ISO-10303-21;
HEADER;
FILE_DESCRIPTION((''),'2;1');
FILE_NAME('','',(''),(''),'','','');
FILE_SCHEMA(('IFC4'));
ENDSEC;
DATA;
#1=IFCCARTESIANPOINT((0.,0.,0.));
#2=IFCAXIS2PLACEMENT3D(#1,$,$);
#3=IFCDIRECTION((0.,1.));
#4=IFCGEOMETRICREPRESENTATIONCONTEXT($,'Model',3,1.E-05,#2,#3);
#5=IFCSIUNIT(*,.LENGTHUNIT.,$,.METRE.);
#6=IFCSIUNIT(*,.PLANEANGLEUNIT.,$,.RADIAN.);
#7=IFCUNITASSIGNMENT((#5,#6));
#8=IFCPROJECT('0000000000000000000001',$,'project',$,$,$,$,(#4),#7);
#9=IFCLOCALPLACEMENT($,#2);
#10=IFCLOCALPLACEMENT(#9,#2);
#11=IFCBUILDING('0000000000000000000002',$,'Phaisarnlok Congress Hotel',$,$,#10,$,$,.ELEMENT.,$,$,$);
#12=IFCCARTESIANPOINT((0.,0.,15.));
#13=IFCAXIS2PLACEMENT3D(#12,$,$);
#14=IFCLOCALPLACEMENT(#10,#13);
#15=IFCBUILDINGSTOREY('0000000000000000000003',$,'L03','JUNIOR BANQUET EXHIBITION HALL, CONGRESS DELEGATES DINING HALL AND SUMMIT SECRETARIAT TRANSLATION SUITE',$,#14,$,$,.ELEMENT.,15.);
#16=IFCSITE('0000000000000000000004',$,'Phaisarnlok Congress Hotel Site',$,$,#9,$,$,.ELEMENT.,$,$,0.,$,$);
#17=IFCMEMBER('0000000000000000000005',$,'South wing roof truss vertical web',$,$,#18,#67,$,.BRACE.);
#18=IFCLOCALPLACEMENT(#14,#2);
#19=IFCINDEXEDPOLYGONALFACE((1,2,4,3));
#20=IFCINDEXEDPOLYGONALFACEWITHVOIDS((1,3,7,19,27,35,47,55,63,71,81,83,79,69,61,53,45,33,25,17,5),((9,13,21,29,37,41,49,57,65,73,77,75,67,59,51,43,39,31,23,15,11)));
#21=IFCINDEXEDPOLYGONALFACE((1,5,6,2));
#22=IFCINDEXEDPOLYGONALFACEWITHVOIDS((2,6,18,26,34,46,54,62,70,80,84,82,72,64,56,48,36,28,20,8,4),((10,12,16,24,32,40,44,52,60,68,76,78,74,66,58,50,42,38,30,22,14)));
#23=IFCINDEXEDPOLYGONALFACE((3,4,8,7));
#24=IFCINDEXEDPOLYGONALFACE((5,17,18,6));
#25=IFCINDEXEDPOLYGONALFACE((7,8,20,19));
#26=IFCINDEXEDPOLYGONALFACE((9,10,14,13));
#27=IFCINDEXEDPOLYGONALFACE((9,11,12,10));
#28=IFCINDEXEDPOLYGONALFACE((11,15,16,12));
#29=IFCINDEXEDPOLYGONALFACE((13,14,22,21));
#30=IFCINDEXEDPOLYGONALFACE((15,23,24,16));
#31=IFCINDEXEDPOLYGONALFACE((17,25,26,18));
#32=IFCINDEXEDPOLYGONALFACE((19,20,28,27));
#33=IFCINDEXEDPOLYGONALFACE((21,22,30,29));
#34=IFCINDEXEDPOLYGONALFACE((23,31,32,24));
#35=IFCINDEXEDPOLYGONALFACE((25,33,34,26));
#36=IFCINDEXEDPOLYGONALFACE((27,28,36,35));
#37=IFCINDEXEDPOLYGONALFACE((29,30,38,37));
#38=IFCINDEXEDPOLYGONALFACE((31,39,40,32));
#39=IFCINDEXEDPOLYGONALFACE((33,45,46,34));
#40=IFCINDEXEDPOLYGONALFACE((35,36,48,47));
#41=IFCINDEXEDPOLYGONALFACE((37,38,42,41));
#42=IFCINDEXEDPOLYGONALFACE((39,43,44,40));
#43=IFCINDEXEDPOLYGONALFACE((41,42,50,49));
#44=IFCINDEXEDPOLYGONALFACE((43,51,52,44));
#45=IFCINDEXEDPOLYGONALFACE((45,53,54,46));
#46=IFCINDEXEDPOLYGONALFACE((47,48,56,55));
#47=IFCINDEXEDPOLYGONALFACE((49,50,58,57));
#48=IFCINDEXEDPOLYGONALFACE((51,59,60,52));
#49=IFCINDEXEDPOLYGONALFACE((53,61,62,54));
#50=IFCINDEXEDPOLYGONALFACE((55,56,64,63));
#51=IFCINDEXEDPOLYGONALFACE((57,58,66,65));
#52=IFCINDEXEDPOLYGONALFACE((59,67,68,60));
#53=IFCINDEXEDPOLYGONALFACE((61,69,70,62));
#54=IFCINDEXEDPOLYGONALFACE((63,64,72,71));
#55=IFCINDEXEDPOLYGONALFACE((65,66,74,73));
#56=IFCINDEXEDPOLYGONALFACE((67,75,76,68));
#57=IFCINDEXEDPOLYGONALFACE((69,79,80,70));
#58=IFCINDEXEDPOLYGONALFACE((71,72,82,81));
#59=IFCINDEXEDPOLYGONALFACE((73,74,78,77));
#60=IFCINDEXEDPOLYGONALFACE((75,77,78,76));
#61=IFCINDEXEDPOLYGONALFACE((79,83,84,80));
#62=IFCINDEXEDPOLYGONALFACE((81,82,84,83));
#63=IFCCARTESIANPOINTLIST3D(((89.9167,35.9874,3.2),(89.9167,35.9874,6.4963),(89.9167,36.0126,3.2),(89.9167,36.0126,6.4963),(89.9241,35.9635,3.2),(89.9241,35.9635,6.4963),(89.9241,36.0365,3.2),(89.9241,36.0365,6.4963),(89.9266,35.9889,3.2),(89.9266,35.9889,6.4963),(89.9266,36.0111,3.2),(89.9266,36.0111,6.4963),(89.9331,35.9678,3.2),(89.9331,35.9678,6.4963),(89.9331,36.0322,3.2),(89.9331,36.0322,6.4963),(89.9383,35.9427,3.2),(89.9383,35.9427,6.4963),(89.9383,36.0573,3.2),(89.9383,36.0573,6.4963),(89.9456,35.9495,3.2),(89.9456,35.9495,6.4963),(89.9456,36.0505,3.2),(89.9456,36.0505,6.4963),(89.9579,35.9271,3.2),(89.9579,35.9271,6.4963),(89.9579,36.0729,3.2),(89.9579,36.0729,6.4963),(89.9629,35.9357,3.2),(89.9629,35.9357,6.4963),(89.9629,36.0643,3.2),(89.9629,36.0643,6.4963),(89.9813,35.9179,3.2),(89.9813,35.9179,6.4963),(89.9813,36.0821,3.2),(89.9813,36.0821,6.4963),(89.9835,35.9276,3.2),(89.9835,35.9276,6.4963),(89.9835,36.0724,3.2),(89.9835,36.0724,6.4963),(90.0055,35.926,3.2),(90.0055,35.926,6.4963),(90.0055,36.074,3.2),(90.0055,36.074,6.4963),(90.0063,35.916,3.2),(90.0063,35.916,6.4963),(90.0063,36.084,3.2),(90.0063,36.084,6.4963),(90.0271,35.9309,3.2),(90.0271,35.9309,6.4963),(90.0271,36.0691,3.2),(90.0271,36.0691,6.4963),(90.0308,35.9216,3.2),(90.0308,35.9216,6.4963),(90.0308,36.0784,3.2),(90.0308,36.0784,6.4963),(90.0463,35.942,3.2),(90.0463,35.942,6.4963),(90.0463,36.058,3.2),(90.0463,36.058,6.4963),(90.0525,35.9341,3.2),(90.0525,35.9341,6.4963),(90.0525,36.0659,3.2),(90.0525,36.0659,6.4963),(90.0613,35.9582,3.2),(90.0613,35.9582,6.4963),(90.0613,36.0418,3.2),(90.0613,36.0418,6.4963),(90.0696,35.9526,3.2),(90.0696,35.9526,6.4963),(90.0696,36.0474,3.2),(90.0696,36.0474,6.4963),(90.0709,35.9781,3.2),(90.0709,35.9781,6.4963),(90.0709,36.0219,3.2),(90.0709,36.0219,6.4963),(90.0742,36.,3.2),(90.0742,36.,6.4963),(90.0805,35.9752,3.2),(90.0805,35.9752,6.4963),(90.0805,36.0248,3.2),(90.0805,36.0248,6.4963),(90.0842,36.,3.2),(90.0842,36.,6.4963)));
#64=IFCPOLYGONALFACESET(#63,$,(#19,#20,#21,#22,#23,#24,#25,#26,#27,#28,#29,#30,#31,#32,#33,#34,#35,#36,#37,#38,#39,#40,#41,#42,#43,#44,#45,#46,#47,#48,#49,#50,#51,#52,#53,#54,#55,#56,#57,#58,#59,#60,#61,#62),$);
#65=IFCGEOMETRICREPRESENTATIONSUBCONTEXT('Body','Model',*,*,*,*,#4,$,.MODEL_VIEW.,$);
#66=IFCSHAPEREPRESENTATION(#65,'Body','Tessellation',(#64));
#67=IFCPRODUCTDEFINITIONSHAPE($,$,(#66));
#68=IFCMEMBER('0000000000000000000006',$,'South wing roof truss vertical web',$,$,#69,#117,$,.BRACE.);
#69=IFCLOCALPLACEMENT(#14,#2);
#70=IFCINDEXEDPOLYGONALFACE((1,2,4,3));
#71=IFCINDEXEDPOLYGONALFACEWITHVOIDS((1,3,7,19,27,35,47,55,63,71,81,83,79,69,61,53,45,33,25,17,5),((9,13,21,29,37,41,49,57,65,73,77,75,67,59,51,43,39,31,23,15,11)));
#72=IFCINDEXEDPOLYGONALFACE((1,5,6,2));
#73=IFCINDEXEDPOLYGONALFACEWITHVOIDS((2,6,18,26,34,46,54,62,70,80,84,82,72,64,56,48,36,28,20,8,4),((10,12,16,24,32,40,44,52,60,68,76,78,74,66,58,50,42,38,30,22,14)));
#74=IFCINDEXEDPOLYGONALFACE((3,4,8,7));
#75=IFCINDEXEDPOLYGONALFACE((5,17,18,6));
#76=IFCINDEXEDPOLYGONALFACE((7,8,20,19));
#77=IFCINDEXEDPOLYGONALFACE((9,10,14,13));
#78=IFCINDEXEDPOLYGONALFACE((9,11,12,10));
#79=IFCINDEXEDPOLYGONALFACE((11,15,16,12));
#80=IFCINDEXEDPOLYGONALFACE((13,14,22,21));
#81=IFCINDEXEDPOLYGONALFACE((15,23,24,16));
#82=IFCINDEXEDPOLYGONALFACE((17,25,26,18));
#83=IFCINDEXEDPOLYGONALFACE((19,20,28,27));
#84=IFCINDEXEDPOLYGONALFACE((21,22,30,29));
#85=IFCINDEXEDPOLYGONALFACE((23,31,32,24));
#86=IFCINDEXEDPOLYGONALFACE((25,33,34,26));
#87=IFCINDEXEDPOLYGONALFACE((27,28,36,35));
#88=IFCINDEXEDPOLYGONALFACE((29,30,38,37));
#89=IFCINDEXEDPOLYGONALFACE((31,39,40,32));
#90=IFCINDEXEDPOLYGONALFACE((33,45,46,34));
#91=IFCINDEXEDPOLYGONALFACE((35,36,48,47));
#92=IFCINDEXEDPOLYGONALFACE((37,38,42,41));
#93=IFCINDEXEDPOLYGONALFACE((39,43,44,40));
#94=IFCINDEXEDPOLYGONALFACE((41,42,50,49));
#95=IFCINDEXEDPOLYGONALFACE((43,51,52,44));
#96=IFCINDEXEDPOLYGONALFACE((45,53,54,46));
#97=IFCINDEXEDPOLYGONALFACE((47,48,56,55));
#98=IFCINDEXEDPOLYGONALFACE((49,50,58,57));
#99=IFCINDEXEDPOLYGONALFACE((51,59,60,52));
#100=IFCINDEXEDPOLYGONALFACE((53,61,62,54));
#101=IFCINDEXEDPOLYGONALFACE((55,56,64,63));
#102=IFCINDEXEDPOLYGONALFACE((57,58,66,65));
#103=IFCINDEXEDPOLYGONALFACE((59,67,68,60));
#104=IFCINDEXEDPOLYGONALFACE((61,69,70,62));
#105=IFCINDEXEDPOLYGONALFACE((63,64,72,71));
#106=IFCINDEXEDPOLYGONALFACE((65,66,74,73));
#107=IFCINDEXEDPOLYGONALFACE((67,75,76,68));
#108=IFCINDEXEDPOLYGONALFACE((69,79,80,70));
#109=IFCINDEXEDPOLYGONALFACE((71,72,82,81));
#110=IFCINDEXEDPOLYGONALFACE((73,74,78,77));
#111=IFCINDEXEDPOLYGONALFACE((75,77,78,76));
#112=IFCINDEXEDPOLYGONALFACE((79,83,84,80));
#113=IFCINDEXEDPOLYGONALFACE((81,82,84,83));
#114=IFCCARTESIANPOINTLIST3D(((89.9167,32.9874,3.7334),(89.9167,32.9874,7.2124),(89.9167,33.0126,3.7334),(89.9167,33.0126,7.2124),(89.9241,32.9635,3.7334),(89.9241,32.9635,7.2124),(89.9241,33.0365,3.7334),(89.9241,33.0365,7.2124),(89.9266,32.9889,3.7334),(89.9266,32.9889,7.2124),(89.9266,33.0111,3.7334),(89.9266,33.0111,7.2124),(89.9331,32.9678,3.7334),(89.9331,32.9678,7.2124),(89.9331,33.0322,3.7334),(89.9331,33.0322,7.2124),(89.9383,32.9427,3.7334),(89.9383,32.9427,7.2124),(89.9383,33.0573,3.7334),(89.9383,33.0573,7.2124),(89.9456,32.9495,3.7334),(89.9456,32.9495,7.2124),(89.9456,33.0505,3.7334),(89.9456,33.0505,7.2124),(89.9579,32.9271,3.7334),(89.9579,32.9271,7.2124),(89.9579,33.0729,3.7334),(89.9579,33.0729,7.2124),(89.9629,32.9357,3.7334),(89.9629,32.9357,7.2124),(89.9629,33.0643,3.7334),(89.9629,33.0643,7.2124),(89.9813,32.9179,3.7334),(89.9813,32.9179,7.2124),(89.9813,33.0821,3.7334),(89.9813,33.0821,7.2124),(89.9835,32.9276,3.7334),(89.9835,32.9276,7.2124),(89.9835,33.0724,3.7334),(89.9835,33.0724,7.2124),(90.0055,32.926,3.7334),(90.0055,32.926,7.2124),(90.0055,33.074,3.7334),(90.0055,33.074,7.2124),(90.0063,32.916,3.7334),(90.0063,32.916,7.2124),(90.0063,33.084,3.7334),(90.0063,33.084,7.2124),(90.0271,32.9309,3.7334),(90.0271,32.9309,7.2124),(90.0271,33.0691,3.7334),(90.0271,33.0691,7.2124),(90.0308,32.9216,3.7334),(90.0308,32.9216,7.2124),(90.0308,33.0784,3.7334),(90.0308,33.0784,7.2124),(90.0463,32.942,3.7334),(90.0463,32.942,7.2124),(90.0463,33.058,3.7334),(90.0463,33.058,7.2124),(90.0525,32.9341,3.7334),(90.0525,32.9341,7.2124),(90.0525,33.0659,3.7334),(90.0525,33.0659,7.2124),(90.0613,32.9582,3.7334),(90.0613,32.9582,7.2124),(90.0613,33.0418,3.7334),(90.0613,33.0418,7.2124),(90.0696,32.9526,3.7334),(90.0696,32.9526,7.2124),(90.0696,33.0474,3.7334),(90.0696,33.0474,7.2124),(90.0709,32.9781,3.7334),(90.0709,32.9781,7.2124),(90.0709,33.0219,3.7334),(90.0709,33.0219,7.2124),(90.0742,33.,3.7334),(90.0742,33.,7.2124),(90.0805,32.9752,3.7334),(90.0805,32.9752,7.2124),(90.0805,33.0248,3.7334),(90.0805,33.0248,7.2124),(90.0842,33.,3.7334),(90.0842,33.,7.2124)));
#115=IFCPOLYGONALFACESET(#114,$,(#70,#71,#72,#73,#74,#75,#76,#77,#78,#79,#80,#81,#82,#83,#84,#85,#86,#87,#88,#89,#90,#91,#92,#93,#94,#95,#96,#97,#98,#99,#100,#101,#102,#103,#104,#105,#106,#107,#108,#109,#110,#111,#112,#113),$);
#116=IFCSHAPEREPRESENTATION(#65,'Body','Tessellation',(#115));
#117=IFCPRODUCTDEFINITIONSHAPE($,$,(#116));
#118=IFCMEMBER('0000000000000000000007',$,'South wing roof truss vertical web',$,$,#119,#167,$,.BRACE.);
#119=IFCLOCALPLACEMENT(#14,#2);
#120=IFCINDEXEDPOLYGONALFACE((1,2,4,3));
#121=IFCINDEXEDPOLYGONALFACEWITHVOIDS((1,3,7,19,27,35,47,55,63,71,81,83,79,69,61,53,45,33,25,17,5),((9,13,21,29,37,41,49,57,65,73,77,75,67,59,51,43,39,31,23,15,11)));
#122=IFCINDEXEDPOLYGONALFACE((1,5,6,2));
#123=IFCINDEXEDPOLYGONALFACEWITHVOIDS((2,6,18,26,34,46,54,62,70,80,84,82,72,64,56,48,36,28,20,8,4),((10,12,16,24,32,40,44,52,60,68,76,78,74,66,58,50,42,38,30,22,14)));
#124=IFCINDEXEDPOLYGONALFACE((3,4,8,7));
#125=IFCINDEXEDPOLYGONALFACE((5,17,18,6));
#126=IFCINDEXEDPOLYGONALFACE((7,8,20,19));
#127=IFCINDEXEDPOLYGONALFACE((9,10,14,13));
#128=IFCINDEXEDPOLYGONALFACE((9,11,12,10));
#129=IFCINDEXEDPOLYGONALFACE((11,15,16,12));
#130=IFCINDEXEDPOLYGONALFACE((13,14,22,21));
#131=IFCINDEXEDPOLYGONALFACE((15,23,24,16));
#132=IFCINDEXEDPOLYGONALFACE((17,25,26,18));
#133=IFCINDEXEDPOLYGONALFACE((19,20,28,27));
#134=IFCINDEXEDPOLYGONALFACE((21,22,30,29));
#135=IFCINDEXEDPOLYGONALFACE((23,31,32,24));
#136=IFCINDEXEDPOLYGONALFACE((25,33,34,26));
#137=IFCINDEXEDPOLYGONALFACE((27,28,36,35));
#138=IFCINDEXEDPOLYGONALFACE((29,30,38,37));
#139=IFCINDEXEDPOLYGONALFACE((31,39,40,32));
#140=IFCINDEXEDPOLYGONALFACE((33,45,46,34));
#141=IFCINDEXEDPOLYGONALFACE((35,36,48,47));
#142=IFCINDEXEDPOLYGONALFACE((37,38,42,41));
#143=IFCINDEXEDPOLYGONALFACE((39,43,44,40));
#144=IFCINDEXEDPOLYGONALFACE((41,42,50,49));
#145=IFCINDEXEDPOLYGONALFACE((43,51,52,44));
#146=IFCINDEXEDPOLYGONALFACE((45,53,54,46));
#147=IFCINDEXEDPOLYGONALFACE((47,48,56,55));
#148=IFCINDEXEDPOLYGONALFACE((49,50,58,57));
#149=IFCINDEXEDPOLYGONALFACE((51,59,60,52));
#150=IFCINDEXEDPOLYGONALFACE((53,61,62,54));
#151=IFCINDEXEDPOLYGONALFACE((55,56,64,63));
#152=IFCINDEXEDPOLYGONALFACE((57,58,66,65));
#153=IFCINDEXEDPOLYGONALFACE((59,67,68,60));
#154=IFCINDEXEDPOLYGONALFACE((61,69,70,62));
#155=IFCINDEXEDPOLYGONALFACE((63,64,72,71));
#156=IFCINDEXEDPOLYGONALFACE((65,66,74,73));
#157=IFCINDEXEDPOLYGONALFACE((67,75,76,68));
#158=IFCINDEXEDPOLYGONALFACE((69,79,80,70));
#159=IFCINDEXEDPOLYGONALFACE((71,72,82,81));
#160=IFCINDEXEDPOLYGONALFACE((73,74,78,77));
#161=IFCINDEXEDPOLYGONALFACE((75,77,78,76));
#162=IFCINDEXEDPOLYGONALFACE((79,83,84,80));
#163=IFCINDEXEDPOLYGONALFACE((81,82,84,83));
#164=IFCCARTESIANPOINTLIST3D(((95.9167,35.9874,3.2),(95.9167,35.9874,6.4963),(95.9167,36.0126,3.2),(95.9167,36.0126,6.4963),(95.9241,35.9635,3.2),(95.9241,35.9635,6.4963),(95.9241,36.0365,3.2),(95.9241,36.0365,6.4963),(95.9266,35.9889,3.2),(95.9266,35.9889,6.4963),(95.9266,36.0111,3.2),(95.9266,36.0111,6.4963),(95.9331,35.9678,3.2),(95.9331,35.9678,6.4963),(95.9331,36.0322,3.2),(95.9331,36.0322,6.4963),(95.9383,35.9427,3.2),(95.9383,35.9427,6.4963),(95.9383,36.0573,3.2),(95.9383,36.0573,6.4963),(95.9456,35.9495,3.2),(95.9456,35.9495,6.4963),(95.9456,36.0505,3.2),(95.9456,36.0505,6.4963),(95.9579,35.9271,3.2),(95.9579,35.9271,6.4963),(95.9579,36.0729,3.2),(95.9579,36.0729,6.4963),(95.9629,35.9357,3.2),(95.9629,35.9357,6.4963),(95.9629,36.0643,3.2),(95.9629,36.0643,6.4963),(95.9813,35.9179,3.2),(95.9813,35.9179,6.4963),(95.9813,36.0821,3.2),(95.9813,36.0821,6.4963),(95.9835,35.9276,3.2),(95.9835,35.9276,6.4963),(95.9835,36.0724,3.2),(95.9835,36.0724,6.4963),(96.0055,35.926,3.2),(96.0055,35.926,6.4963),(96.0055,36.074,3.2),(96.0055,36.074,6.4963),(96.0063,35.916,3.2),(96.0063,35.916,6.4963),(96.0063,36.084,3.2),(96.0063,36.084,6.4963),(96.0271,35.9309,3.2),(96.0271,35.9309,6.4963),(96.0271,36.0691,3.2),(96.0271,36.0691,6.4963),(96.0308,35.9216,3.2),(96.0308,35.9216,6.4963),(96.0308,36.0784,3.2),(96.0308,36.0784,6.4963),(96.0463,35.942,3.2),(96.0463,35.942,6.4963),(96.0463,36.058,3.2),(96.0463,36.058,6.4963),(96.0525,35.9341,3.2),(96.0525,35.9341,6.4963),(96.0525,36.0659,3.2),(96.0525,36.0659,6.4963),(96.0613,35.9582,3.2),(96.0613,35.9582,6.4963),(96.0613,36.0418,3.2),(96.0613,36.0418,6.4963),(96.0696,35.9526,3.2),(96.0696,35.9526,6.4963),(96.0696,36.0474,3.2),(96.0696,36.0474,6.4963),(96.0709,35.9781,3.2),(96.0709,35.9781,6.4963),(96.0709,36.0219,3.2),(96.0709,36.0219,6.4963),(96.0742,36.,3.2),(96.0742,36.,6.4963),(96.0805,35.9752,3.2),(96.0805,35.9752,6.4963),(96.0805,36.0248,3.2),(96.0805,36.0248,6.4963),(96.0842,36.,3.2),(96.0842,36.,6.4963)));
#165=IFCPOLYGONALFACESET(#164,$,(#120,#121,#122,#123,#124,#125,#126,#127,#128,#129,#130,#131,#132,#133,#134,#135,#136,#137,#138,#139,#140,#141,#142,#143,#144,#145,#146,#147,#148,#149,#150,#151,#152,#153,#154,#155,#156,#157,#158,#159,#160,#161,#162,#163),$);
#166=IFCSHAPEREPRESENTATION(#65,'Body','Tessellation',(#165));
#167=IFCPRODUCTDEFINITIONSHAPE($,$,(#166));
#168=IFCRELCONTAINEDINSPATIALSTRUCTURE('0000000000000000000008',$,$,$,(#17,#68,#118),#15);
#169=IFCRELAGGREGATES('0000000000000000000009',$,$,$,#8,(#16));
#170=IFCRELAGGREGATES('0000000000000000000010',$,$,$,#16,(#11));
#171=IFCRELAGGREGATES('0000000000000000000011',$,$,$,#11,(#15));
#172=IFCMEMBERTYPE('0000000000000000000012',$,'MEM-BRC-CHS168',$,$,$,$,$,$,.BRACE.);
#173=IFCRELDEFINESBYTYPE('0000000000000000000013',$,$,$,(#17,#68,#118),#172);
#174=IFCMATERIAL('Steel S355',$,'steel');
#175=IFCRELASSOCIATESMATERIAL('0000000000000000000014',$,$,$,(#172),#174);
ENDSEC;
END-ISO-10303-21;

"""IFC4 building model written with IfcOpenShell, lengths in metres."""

from ifc_helpers import new_model, si_unit, direction, frame, origin, origin_2d, place, context, subcontext, project, spatial, hollow_circle, extrude, material, material_profile, profile_set, type_object, element, save


model = new_model("IFC4")

# Units and contexts
model_context = context("Model", 3, precision=1e-05, world=origin(), true_north=direction((0.0, 1.0)))
body_context = subcontext(model_context, "Body", "Model", "MODEL_VIEW")
ifc_project = project(units=[si_unit("LENGTHUNIT", "METRE"), si_unit("PLANEANGLEUNIT", "RADIAN")], contexts=[model_context])

# Site, building, storey
site_placement = place(None, origin())
site = spatial("IfcSite", under=ifc_project, at=site_placement, Name="Phaisarnlok Congress Hotel Site", CompositionType="ELEMENT", RefElevation=0.0)
building_placement = place(site_placement, origin())
building = spatial("IfcBuilding", under=site, at=building_placement, Name="Phaisarnlok Congress Hotel", CompositionType="ELEMENT")
storey_placement = place(building_placement, frame((0.0, 0.0, 15.0)))
storey = spatial("IfcBuildingStorey", under=building, at=storey_placement, Name="L03", Description="JUNIOR BANQUET EXHIBITION HALL, CONGRESS DELEGATES DINING HALL AND SUMMIT SECRETARIAT TRANSLATION SUITE", CompositionType="ELEMENT", Elevation=15.0)

# Shared definitions
ifc_material_1 = material(Name="Steel S355", Category="steel")

# Members
ifc_material_profile_1 = material_profile(ifc_material_1, hollow_circle(Radius=0.0842, WallThickness=0.01, at=origin_2d()), Name="CHS 168.3x10")
ifc_profile_set_1 = profile_set([ifc_material_profile_1], Name="Steel S355")
member_type_1 = type_object("IfcMemberType", Name="MEM-BRC-CHS168", PredefinedType="BRACE", material=ifc_profile_set_1)
member_1_placement = place(storey_placement, frame((90.0, 36.0, 3.2), z_axis=(0.0, 0.0, 1.0), x_axis=(1.0, 0.0, 0.0)))
element("IfcMember", 1, at=member_1_placement, inside=storey, type_object=member_type_1, Name="South wing roof truss vertical web", PredefinedType="BRACE", context=body_context, shape_type="SweptSolid", body=[
    extrude(hollow_circle(Radius=0.0842, WallThickness=0.01, at=origin_2d()), origin(), (0.0, 0.0, 1.0), 3.2964),
])
member_2_placement = place(storey_placement, frame((90.0, 33.0, 3.7334), z_axis=(0.0, 0.0, 1.0), x_axis=(1.0, 0.0, 0.0)))
element("IfcMember", 2, at=member_2_placement, inside=storey, type_object=member_type_1, Name="South wing roof truss vertical web", PredefinedType="BRACE", context=body_context, shape_type="SweptSolid", body=[
    extrude(hollow_circle(Radius=0.0842, WallThickness=0.01, at=origin_2d()), origin(), (0.0, 0.0, 1.0), 3.479),
])
member_3_placement = place(storey_placement, frame((96.0, 36.0, 3.2), z_axis=(0.0, 0.0, 1.0), x_axis=(1.0, 0.0, 0.0)))
element("IfcMember", 3, at=member_3_placement, inside=storey, type_object=member_type_1, Name="South wing roof truss vertical web", PredefinedType="BRACE", context=body_context, shape_type="SweptSolid", body=[
    extrude(hollow_circle(Radius=0.0842, WallThickness=0.01, at=origin_2d()), origin(), (0.0, 0.0, 1.0), 3.2964),
])

save(model, "model.ifc")
